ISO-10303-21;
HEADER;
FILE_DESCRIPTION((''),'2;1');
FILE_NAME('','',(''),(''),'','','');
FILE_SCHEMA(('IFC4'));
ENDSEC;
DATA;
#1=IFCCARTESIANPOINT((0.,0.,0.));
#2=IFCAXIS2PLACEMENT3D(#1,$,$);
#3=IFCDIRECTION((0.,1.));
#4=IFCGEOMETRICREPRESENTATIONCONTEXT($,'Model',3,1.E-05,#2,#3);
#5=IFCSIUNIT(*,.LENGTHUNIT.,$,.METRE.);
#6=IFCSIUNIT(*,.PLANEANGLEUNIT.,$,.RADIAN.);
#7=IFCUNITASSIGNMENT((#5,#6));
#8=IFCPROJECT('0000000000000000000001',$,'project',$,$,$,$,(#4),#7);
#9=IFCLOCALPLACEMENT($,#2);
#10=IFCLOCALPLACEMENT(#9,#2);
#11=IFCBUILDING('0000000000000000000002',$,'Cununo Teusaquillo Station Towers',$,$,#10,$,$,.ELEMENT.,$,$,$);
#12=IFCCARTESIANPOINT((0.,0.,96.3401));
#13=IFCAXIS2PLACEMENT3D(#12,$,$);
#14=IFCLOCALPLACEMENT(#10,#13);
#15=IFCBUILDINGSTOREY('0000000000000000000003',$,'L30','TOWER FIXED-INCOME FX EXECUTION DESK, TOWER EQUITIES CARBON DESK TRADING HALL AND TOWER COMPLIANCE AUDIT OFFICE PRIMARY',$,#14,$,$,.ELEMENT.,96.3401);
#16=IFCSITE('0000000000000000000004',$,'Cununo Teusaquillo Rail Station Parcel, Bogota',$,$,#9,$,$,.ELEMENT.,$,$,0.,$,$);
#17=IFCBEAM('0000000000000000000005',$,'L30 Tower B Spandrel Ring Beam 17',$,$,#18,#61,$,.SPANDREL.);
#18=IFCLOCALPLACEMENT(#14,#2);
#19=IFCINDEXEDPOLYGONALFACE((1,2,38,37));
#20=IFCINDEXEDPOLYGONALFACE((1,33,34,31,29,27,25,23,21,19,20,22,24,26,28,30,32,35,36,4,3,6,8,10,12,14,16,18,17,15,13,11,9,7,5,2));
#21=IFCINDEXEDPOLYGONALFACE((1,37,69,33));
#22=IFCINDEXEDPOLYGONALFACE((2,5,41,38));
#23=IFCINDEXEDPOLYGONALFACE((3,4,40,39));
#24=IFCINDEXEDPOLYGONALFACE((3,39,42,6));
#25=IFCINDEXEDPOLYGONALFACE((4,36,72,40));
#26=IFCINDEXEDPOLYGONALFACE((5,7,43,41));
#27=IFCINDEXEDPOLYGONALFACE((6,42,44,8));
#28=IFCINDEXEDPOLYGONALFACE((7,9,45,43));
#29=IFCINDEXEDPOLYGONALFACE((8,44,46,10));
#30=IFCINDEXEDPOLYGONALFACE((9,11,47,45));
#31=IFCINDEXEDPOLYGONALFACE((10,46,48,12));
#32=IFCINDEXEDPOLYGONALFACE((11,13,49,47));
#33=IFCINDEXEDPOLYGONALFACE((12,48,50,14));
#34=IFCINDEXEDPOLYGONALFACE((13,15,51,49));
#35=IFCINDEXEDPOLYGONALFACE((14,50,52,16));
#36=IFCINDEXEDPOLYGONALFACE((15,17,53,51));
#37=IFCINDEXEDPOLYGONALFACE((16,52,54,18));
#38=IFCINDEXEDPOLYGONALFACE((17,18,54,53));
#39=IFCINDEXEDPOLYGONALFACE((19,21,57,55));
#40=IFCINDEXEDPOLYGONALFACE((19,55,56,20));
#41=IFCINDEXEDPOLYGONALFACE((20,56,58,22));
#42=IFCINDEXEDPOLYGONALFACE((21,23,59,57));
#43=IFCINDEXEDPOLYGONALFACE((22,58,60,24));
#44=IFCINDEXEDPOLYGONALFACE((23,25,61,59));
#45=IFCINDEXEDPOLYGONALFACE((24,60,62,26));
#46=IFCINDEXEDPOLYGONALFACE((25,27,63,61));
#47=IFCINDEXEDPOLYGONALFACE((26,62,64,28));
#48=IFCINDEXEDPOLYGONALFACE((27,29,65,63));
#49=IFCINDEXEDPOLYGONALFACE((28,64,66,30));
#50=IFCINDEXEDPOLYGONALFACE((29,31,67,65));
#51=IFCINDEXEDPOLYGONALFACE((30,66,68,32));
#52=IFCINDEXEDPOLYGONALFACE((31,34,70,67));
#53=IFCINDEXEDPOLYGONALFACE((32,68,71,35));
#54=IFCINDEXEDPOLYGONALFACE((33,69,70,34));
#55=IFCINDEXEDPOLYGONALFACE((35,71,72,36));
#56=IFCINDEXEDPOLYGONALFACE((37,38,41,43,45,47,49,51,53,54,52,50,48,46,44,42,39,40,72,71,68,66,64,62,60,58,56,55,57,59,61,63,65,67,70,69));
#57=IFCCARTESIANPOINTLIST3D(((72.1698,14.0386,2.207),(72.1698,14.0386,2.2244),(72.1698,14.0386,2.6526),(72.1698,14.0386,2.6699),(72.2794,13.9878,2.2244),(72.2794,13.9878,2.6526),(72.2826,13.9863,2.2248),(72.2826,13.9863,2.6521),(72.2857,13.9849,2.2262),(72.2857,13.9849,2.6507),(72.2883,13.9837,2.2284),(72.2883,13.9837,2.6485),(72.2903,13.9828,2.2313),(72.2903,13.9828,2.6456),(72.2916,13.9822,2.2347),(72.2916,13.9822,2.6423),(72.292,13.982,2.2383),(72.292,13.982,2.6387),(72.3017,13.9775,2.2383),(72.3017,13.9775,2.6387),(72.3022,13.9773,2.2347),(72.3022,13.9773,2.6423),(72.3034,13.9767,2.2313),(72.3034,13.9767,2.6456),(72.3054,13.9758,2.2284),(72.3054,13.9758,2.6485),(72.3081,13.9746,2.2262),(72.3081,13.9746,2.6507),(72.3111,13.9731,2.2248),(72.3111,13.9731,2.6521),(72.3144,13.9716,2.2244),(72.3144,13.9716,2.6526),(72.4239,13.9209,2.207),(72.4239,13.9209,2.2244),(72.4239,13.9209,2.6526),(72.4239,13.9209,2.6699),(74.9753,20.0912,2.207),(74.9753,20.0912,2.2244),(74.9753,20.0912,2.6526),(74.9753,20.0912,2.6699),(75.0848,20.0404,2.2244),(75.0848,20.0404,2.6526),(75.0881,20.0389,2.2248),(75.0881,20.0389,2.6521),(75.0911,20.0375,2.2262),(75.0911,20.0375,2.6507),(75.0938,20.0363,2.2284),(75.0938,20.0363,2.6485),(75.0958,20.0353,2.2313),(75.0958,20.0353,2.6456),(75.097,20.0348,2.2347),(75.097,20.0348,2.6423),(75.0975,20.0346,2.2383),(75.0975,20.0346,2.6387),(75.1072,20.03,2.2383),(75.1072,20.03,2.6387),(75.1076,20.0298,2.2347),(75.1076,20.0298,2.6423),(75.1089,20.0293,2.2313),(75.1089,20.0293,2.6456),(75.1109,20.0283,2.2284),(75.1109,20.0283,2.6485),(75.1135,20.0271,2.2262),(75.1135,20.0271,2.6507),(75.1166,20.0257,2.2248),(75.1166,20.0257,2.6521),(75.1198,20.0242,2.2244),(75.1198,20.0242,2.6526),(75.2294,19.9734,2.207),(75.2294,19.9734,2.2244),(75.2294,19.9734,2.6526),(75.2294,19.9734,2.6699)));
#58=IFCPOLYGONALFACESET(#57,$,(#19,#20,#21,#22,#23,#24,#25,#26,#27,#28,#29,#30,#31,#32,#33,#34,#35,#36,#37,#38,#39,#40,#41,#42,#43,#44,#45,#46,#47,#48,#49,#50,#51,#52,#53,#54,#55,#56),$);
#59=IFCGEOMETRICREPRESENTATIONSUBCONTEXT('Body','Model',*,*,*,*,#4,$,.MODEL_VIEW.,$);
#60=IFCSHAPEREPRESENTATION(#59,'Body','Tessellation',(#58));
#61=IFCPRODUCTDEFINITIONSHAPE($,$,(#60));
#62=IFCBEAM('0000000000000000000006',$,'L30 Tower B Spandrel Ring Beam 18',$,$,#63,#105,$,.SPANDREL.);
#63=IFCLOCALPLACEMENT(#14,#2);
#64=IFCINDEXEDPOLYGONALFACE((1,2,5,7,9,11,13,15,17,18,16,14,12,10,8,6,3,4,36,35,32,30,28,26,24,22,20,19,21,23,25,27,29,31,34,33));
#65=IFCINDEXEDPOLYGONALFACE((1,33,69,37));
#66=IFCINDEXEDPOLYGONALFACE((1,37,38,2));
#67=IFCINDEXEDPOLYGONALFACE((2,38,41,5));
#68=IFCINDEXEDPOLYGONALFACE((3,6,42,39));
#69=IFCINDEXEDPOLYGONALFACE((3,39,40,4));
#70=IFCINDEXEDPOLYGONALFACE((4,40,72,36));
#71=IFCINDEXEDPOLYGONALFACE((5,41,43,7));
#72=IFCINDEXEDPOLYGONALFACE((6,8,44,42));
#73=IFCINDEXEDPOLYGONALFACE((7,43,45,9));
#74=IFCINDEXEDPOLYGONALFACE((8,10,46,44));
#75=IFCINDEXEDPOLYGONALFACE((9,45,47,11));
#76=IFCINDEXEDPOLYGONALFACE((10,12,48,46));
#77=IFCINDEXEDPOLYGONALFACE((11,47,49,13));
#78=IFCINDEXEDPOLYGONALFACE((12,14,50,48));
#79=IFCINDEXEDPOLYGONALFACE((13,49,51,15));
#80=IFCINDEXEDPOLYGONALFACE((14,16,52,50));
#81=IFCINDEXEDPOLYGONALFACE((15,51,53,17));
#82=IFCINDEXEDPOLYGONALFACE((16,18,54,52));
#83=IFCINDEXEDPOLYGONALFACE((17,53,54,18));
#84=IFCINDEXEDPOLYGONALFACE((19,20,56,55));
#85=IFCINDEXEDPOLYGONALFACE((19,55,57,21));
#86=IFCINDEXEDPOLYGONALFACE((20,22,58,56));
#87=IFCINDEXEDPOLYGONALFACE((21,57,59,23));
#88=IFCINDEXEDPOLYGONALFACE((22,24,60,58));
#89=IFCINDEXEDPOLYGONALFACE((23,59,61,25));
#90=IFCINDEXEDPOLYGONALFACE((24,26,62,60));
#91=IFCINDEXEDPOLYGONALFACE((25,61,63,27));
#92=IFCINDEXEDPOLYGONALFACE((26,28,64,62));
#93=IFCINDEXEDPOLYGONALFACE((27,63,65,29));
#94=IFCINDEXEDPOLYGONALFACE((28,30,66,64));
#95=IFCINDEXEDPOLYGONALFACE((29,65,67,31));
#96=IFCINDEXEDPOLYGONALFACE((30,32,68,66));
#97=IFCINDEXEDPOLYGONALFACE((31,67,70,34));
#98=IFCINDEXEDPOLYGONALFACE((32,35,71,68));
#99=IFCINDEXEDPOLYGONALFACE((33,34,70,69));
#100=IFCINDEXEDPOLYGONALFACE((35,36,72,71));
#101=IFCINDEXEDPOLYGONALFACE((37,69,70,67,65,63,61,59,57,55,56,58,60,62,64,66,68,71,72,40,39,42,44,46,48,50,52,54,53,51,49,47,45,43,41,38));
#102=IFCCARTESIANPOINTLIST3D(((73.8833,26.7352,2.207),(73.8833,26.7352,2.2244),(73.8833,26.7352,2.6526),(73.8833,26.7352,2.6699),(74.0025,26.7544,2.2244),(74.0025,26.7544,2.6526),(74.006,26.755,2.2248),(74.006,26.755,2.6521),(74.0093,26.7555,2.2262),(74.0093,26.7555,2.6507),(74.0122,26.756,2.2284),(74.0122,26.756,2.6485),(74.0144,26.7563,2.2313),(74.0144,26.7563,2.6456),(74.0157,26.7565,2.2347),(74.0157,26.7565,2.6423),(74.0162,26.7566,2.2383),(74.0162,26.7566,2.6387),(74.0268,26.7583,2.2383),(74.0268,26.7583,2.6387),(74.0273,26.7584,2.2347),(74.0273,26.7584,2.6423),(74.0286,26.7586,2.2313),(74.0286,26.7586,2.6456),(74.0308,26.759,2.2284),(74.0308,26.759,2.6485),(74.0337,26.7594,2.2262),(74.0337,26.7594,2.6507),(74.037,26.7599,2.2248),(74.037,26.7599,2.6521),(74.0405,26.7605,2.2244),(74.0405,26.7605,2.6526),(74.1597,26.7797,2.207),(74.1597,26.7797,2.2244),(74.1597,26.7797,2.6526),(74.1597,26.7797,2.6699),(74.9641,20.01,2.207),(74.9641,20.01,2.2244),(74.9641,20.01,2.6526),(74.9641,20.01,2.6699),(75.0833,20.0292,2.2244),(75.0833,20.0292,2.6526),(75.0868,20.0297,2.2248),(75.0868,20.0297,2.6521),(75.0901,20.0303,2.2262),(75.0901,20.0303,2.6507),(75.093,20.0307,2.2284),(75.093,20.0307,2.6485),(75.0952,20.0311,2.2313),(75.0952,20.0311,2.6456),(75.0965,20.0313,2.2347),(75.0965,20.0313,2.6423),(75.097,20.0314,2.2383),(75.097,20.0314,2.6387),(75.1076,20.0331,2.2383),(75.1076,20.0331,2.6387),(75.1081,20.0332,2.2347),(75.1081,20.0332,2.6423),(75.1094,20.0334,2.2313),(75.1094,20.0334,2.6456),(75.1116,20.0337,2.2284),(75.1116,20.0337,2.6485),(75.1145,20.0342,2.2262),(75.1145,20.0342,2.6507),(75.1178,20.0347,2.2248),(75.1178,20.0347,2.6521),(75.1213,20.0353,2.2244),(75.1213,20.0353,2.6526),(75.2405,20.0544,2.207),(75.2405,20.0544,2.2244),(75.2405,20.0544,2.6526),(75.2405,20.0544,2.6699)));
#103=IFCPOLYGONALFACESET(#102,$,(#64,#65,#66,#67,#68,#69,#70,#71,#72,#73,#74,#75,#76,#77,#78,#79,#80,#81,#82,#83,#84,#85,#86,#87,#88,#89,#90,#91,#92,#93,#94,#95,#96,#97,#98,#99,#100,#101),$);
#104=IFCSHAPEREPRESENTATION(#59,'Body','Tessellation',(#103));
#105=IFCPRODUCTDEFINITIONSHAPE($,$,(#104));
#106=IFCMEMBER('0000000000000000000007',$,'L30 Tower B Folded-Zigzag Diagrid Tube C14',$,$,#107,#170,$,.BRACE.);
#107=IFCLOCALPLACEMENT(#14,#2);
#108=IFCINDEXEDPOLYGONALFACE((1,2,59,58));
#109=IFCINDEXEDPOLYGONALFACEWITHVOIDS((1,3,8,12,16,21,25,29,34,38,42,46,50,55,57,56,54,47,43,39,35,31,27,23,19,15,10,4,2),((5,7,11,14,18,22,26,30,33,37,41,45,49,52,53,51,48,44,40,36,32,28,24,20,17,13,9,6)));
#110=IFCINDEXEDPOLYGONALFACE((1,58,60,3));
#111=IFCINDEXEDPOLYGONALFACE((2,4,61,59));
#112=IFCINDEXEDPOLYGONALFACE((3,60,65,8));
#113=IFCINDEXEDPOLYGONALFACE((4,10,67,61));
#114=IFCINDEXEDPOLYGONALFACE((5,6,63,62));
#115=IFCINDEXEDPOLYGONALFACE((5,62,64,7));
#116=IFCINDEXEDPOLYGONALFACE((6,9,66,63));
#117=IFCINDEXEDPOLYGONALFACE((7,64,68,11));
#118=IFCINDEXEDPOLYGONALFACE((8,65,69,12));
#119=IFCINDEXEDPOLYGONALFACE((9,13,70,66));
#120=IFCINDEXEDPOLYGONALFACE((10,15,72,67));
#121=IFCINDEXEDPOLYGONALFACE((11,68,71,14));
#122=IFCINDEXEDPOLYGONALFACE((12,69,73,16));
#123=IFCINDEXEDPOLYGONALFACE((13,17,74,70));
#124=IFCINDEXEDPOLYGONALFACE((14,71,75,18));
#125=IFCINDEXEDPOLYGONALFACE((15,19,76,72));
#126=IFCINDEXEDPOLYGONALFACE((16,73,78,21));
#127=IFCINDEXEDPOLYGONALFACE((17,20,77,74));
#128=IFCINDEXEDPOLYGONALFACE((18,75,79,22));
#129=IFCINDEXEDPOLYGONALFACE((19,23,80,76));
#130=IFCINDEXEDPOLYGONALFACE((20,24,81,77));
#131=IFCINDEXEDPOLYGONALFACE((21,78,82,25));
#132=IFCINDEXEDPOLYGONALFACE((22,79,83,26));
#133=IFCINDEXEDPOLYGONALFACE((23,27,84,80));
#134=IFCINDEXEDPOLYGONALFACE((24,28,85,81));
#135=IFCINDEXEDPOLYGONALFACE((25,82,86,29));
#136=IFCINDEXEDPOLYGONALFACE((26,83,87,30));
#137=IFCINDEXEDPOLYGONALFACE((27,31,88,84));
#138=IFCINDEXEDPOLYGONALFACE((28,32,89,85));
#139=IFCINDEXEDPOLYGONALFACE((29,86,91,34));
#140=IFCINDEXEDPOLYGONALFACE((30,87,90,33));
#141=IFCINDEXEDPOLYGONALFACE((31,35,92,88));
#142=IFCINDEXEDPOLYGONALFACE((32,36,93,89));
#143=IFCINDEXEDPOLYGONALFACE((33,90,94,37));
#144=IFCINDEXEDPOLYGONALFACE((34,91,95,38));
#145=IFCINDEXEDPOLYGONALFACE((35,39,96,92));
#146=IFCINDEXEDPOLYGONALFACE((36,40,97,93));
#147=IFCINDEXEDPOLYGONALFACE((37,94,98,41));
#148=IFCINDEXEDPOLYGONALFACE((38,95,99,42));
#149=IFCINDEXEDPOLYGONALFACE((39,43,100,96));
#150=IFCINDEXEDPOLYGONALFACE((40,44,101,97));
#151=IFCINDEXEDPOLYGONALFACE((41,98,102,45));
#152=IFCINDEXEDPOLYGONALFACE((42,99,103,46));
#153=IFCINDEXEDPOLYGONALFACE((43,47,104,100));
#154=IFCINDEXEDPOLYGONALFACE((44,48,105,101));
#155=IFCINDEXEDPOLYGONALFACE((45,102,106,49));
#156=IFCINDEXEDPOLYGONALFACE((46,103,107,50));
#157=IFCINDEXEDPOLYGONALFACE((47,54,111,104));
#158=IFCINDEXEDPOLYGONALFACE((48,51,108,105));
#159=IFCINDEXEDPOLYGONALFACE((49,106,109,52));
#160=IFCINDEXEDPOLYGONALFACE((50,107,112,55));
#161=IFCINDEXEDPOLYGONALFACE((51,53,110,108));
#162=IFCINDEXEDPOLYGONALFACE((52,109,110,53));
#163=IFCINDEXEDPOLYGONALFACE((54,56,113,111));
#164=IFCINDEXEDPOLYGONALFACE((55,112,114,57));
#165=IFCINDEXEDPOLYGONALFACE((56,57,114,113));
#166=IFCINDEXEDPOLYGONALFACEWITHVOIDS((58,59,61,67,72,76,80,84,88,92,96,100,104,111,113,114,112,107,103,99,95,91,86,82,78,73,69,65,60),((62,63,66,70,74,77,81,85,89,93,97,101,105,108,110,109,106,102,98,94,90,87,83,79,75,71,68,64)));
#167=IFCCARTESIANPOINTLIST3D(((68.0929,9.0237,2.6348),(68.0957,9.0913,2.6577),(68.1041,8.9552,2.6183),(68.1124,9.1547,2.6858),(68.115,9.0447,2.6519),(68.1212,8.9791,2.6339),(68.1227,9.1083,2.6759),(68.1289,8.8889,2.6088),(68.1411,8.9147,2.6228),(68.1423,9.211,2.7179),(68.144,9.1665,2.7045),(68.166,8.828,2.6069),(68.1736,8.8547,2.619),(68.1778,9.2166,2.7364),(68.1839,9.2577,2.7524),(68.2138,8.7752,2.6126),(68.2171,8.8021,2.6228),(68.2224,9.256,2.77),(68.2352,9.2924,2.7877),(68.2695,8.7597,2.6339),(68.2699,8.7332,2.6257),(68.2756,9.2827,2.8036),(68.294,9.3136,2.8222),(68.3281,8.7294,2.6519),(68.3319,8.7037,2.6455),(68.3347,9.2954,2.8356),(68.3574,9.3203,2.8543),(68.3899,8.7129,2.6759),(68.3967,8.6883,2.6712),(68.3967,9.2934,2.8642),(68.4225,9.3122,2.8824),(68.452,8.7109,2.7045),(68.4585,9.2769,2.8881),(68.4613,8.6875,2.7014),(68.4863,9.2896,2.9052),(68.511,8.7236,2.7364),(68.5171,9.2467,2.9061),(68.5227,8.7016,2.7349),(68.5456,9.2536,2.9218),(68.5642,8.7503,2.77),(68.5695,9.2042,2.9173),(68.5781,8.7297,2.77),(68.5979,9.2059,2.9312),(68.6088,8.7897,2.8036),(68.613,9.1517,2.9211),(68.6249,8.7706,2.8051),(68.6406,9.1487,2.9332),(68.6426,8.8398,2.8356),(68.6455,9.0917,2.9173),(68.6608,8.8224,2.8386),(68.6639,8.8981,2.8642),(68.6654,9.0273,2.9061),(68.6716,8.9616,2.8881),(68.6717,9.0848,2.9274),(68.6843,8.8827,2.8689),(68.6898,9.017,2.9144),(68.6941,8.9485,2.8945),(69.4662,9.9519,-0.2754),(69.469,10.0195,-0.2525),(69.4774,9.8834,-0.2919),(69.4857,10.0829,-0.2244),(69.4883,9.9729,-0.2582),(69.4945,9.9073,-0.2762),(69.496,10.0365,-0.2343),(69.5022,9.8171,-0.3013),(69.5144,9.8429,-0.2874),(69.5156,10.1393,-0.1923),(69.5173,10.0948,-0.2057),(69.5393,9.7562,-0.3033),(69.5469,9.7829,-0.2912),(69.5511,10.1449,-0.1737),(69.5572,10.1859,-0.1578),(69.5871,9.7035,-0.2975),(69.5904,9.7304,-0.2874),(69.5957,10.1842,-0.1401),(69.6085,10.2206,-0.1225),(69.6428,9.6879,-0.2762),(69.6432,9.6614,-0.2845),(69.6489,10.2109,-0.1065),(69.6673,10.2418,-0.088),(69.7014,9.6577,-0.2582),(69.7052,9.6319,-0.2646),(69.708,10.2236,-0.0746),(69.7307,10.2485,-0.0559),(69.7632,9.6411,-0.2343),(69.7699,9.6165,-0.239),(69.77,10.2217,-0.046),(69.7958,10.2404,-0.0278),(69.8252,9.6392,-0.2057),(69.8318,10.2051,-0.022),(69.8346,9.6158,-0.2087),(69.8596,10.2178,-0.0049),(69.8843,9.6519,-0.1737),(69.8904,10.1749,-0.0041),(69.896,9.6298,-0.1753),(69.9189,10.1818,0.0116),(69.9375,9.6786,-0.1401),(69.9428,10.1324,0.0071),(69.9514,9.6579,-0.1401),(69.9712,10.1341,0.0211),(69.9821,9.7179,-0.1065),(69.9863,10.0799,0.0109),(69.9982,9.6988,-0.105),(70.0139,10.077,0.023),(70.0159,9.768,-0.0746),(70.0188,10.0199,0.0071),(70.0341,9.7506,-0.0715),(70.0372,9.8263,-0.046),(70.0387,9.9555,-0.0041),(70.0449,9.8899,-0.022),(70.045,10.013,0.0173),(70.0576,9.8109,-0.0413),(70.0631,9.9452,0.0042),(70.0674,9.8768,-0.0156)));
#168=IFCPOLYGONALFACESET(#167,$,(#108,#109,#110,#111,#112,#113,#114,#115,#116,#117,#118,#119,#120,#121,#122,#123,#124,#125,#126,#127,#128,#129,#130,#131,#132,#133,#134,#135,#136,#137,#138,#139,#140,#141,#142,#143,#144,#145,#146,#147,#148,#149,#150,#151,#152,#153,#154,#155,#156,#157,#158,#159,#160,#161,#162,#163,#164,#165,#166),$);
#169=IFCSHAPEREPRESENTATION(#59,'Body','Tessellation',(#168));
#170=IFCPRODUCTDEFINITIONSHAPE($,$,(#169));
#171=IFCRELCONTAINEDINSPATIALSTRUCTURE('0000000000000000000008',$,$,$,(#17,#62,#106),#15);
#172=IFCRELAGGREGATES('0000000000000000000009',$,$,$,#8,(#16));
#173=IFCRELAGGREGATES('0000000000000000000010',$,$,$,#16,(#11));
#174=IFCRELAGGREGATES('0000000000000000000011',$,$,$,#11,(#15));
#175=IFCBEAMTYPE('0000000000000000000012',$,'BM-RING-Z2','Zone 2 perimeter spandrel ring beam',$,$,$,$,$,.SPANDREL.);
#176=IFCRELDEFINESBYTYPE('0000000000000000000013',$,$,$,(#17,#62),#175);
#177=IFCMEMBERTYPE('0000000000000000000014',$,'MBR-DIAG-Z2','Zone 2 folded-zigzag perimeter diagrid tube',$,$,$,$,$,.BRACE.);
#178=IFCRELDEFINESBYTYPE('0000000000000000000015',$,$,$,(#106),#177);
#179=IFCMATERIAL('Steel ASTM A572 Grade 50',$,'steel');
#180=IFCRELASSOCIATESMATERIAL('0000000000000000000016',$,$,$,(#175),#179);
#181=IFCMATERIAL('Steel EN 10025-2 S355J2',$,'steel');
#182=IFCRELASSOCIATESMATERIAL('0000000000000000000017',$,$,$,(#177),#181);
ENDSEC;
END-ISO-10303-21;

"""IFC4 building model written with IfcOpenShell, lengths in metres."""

from ifc_helpers import new_model, si_unit, direction, frame, origin, origin_2d, place, context, subcontext, project, spatial, hollow_circle, i_section, extrude, material, material_profile, profile_set, type_object, element, save


model = new_model("IFC4")

# Units and contexts
model_context = context("Model", 3, precision=1e-05, world=origin(), true_north=direction((0.0, 1.0)))
body_context = subcontext(model_context, "Body", "Model", "MODEL_VIEW")
ifc_project = project(units=[si_unit("LENGTHUNIT", "METRE"), si_unit("PLANEANGLEUNIT", "RADIAN")], contexts=[model_context])

# Site, building, storey
site_placement = place(None, origin())
site = spatial("IfcSite", under=ifc_project, at=site_placement, Name="Cununo Teusaquillo Rail Station Parcel, Bogota", CompositionType="ELEMENT", RefElevation=0.0)
building_placement = place(site_placement, origin())
building = spatial("IfcBuilding", under=site, at=building_placement, Name="Cununo Teusaquillo Station Towers", CompositionType="ELEMENT")
storey_placement = place(building_placement, frame((0.0, 0.0, 96.3401)))
storey = spatial("IfcBuildingStorey", under=building, at=storey_placement, Name="L30", Description="TOWER FIXED-INCOME FX EXECUTION DESK, TOWER EQUITIES CARBON DESK TRADING HALL AND TOWER COMPLIANCE AUDIT OFFICE PRIMARY", CompositionType="ELEMENT", Elevation=96.3401)

# Beams
ifc_material_1 = material(Name="Steel ASTM A572 Grade 50", Category="steel")
ifc_material_profile_1 = material_profile(ifc_material_1, i_section(OverallWidth=0.28, OverallDepth=0.4629, WebThickness=0.0107, FlangeThickness=0.0173, FilletRadius=0.0139, at=origin_2d()), Name="W18X76")
ifc_profile_set_1 = profile_set([ifc_material_profile_1], Name="Steel ASTM A572 Grade 50")
beam_type_1 = type_object("IfcBeamType", Name="BM-RING-Z2", Description="Zone 2 perimeter spandrel ring beam", PredefinedType="SPANDREL", material=ifc_profile_set_1)
beam_1_placement = place(storey_placement, frame((72.2969, 13.9797, 2.4385), z_axis=(0.420536, 0.907276, 0.0), x_axis=(-0.907276, 0.420536, 0.0)))
element("IfcBeam", 1, at=beam_1_placement, inside=storey, type_object=beam_type_1, Name="L30 Tower B Spandrel Ring Beam 17", PredefinedType="SPANDREL", context=body_context, shape_type="SweptSolid", body=[
    extrude(i_section(OverallWidth=0.28, OverallDepth=0.4629, WebThickness=0.0107, FlangeThickness=0.0173, FilletRadius=0.0139, at=origin_2d()), origin(), (0.0, 0.0, 1.0), 6.6711),
])
beam_2_placement = place(storey_placement, frame((75.1023, 20.0322, 2.4385), z_axis=(-0.158671, 0.987331, 0.0), x_axis=(-0.987331, -0.158671, 0.0)))
element("IfcBeam", 2, at=beam_2_placement, inside=storey, type_object=beam_type_1, Name="L30 Tower B Spandrel Ring Beam 18", PredefinedType="SPANDREL", context=body_context, shape_type="SweptSolid", body=[
    extrude(i_section(OverallWidth=0.28, OverallDepth=0.4629, WebThickness=0.0107, FlangeThickness=0.0173, FilletRadius=0.0139, at=origin_2d()), origin(), (0.0, 0.0, 1.0), 6.8115),
])

# Member
ifc_material_2 = material(Name="Steel EN 10025-2 S355J2", Category="steel")
ifc_material_profile_2 = material_profile(ifc_material_2, hollow_circle(Radius=0.3301, WallThickness=0.0249, at=origin_2d()), Name="CHS 660x25")
ifc_profile_set_2 = profile_set([ifc_material_profile_2], Name="Steel EN 10025-2 S355J2")
member_type = type_object("IfcMemberType", Name="MBR-DIAG-Z2", Description="Zone 2 folded-zigzag perimeter diagrid tube", PredefinedType="BRACE", material=ifc_profile_set_2)
member_1_placement = place(storey_placement, frame((69.7666, 9.9314, -0.1401), z_axis=(-0.410047, -0.277155, 0.868934), x_axis=(0.559991, -0.828498, 0.0)))
element("IfcMember", 3, at=member_1_placement, inside=storey, type_object=member_type, Name="L30 Tower B Folded-Zigzag Diagrid Tube C14", PredefinedType="BRACE", context=body_context, shape_type="SweptSolid", body=[
    extrude(hollow_circle(Radius=0.3301, WallThickness=0.0249, at=origin_2d()), origin(), (0.0, 0.0, 1.0), 3.3491),
])

save(model, "model.ifc")
